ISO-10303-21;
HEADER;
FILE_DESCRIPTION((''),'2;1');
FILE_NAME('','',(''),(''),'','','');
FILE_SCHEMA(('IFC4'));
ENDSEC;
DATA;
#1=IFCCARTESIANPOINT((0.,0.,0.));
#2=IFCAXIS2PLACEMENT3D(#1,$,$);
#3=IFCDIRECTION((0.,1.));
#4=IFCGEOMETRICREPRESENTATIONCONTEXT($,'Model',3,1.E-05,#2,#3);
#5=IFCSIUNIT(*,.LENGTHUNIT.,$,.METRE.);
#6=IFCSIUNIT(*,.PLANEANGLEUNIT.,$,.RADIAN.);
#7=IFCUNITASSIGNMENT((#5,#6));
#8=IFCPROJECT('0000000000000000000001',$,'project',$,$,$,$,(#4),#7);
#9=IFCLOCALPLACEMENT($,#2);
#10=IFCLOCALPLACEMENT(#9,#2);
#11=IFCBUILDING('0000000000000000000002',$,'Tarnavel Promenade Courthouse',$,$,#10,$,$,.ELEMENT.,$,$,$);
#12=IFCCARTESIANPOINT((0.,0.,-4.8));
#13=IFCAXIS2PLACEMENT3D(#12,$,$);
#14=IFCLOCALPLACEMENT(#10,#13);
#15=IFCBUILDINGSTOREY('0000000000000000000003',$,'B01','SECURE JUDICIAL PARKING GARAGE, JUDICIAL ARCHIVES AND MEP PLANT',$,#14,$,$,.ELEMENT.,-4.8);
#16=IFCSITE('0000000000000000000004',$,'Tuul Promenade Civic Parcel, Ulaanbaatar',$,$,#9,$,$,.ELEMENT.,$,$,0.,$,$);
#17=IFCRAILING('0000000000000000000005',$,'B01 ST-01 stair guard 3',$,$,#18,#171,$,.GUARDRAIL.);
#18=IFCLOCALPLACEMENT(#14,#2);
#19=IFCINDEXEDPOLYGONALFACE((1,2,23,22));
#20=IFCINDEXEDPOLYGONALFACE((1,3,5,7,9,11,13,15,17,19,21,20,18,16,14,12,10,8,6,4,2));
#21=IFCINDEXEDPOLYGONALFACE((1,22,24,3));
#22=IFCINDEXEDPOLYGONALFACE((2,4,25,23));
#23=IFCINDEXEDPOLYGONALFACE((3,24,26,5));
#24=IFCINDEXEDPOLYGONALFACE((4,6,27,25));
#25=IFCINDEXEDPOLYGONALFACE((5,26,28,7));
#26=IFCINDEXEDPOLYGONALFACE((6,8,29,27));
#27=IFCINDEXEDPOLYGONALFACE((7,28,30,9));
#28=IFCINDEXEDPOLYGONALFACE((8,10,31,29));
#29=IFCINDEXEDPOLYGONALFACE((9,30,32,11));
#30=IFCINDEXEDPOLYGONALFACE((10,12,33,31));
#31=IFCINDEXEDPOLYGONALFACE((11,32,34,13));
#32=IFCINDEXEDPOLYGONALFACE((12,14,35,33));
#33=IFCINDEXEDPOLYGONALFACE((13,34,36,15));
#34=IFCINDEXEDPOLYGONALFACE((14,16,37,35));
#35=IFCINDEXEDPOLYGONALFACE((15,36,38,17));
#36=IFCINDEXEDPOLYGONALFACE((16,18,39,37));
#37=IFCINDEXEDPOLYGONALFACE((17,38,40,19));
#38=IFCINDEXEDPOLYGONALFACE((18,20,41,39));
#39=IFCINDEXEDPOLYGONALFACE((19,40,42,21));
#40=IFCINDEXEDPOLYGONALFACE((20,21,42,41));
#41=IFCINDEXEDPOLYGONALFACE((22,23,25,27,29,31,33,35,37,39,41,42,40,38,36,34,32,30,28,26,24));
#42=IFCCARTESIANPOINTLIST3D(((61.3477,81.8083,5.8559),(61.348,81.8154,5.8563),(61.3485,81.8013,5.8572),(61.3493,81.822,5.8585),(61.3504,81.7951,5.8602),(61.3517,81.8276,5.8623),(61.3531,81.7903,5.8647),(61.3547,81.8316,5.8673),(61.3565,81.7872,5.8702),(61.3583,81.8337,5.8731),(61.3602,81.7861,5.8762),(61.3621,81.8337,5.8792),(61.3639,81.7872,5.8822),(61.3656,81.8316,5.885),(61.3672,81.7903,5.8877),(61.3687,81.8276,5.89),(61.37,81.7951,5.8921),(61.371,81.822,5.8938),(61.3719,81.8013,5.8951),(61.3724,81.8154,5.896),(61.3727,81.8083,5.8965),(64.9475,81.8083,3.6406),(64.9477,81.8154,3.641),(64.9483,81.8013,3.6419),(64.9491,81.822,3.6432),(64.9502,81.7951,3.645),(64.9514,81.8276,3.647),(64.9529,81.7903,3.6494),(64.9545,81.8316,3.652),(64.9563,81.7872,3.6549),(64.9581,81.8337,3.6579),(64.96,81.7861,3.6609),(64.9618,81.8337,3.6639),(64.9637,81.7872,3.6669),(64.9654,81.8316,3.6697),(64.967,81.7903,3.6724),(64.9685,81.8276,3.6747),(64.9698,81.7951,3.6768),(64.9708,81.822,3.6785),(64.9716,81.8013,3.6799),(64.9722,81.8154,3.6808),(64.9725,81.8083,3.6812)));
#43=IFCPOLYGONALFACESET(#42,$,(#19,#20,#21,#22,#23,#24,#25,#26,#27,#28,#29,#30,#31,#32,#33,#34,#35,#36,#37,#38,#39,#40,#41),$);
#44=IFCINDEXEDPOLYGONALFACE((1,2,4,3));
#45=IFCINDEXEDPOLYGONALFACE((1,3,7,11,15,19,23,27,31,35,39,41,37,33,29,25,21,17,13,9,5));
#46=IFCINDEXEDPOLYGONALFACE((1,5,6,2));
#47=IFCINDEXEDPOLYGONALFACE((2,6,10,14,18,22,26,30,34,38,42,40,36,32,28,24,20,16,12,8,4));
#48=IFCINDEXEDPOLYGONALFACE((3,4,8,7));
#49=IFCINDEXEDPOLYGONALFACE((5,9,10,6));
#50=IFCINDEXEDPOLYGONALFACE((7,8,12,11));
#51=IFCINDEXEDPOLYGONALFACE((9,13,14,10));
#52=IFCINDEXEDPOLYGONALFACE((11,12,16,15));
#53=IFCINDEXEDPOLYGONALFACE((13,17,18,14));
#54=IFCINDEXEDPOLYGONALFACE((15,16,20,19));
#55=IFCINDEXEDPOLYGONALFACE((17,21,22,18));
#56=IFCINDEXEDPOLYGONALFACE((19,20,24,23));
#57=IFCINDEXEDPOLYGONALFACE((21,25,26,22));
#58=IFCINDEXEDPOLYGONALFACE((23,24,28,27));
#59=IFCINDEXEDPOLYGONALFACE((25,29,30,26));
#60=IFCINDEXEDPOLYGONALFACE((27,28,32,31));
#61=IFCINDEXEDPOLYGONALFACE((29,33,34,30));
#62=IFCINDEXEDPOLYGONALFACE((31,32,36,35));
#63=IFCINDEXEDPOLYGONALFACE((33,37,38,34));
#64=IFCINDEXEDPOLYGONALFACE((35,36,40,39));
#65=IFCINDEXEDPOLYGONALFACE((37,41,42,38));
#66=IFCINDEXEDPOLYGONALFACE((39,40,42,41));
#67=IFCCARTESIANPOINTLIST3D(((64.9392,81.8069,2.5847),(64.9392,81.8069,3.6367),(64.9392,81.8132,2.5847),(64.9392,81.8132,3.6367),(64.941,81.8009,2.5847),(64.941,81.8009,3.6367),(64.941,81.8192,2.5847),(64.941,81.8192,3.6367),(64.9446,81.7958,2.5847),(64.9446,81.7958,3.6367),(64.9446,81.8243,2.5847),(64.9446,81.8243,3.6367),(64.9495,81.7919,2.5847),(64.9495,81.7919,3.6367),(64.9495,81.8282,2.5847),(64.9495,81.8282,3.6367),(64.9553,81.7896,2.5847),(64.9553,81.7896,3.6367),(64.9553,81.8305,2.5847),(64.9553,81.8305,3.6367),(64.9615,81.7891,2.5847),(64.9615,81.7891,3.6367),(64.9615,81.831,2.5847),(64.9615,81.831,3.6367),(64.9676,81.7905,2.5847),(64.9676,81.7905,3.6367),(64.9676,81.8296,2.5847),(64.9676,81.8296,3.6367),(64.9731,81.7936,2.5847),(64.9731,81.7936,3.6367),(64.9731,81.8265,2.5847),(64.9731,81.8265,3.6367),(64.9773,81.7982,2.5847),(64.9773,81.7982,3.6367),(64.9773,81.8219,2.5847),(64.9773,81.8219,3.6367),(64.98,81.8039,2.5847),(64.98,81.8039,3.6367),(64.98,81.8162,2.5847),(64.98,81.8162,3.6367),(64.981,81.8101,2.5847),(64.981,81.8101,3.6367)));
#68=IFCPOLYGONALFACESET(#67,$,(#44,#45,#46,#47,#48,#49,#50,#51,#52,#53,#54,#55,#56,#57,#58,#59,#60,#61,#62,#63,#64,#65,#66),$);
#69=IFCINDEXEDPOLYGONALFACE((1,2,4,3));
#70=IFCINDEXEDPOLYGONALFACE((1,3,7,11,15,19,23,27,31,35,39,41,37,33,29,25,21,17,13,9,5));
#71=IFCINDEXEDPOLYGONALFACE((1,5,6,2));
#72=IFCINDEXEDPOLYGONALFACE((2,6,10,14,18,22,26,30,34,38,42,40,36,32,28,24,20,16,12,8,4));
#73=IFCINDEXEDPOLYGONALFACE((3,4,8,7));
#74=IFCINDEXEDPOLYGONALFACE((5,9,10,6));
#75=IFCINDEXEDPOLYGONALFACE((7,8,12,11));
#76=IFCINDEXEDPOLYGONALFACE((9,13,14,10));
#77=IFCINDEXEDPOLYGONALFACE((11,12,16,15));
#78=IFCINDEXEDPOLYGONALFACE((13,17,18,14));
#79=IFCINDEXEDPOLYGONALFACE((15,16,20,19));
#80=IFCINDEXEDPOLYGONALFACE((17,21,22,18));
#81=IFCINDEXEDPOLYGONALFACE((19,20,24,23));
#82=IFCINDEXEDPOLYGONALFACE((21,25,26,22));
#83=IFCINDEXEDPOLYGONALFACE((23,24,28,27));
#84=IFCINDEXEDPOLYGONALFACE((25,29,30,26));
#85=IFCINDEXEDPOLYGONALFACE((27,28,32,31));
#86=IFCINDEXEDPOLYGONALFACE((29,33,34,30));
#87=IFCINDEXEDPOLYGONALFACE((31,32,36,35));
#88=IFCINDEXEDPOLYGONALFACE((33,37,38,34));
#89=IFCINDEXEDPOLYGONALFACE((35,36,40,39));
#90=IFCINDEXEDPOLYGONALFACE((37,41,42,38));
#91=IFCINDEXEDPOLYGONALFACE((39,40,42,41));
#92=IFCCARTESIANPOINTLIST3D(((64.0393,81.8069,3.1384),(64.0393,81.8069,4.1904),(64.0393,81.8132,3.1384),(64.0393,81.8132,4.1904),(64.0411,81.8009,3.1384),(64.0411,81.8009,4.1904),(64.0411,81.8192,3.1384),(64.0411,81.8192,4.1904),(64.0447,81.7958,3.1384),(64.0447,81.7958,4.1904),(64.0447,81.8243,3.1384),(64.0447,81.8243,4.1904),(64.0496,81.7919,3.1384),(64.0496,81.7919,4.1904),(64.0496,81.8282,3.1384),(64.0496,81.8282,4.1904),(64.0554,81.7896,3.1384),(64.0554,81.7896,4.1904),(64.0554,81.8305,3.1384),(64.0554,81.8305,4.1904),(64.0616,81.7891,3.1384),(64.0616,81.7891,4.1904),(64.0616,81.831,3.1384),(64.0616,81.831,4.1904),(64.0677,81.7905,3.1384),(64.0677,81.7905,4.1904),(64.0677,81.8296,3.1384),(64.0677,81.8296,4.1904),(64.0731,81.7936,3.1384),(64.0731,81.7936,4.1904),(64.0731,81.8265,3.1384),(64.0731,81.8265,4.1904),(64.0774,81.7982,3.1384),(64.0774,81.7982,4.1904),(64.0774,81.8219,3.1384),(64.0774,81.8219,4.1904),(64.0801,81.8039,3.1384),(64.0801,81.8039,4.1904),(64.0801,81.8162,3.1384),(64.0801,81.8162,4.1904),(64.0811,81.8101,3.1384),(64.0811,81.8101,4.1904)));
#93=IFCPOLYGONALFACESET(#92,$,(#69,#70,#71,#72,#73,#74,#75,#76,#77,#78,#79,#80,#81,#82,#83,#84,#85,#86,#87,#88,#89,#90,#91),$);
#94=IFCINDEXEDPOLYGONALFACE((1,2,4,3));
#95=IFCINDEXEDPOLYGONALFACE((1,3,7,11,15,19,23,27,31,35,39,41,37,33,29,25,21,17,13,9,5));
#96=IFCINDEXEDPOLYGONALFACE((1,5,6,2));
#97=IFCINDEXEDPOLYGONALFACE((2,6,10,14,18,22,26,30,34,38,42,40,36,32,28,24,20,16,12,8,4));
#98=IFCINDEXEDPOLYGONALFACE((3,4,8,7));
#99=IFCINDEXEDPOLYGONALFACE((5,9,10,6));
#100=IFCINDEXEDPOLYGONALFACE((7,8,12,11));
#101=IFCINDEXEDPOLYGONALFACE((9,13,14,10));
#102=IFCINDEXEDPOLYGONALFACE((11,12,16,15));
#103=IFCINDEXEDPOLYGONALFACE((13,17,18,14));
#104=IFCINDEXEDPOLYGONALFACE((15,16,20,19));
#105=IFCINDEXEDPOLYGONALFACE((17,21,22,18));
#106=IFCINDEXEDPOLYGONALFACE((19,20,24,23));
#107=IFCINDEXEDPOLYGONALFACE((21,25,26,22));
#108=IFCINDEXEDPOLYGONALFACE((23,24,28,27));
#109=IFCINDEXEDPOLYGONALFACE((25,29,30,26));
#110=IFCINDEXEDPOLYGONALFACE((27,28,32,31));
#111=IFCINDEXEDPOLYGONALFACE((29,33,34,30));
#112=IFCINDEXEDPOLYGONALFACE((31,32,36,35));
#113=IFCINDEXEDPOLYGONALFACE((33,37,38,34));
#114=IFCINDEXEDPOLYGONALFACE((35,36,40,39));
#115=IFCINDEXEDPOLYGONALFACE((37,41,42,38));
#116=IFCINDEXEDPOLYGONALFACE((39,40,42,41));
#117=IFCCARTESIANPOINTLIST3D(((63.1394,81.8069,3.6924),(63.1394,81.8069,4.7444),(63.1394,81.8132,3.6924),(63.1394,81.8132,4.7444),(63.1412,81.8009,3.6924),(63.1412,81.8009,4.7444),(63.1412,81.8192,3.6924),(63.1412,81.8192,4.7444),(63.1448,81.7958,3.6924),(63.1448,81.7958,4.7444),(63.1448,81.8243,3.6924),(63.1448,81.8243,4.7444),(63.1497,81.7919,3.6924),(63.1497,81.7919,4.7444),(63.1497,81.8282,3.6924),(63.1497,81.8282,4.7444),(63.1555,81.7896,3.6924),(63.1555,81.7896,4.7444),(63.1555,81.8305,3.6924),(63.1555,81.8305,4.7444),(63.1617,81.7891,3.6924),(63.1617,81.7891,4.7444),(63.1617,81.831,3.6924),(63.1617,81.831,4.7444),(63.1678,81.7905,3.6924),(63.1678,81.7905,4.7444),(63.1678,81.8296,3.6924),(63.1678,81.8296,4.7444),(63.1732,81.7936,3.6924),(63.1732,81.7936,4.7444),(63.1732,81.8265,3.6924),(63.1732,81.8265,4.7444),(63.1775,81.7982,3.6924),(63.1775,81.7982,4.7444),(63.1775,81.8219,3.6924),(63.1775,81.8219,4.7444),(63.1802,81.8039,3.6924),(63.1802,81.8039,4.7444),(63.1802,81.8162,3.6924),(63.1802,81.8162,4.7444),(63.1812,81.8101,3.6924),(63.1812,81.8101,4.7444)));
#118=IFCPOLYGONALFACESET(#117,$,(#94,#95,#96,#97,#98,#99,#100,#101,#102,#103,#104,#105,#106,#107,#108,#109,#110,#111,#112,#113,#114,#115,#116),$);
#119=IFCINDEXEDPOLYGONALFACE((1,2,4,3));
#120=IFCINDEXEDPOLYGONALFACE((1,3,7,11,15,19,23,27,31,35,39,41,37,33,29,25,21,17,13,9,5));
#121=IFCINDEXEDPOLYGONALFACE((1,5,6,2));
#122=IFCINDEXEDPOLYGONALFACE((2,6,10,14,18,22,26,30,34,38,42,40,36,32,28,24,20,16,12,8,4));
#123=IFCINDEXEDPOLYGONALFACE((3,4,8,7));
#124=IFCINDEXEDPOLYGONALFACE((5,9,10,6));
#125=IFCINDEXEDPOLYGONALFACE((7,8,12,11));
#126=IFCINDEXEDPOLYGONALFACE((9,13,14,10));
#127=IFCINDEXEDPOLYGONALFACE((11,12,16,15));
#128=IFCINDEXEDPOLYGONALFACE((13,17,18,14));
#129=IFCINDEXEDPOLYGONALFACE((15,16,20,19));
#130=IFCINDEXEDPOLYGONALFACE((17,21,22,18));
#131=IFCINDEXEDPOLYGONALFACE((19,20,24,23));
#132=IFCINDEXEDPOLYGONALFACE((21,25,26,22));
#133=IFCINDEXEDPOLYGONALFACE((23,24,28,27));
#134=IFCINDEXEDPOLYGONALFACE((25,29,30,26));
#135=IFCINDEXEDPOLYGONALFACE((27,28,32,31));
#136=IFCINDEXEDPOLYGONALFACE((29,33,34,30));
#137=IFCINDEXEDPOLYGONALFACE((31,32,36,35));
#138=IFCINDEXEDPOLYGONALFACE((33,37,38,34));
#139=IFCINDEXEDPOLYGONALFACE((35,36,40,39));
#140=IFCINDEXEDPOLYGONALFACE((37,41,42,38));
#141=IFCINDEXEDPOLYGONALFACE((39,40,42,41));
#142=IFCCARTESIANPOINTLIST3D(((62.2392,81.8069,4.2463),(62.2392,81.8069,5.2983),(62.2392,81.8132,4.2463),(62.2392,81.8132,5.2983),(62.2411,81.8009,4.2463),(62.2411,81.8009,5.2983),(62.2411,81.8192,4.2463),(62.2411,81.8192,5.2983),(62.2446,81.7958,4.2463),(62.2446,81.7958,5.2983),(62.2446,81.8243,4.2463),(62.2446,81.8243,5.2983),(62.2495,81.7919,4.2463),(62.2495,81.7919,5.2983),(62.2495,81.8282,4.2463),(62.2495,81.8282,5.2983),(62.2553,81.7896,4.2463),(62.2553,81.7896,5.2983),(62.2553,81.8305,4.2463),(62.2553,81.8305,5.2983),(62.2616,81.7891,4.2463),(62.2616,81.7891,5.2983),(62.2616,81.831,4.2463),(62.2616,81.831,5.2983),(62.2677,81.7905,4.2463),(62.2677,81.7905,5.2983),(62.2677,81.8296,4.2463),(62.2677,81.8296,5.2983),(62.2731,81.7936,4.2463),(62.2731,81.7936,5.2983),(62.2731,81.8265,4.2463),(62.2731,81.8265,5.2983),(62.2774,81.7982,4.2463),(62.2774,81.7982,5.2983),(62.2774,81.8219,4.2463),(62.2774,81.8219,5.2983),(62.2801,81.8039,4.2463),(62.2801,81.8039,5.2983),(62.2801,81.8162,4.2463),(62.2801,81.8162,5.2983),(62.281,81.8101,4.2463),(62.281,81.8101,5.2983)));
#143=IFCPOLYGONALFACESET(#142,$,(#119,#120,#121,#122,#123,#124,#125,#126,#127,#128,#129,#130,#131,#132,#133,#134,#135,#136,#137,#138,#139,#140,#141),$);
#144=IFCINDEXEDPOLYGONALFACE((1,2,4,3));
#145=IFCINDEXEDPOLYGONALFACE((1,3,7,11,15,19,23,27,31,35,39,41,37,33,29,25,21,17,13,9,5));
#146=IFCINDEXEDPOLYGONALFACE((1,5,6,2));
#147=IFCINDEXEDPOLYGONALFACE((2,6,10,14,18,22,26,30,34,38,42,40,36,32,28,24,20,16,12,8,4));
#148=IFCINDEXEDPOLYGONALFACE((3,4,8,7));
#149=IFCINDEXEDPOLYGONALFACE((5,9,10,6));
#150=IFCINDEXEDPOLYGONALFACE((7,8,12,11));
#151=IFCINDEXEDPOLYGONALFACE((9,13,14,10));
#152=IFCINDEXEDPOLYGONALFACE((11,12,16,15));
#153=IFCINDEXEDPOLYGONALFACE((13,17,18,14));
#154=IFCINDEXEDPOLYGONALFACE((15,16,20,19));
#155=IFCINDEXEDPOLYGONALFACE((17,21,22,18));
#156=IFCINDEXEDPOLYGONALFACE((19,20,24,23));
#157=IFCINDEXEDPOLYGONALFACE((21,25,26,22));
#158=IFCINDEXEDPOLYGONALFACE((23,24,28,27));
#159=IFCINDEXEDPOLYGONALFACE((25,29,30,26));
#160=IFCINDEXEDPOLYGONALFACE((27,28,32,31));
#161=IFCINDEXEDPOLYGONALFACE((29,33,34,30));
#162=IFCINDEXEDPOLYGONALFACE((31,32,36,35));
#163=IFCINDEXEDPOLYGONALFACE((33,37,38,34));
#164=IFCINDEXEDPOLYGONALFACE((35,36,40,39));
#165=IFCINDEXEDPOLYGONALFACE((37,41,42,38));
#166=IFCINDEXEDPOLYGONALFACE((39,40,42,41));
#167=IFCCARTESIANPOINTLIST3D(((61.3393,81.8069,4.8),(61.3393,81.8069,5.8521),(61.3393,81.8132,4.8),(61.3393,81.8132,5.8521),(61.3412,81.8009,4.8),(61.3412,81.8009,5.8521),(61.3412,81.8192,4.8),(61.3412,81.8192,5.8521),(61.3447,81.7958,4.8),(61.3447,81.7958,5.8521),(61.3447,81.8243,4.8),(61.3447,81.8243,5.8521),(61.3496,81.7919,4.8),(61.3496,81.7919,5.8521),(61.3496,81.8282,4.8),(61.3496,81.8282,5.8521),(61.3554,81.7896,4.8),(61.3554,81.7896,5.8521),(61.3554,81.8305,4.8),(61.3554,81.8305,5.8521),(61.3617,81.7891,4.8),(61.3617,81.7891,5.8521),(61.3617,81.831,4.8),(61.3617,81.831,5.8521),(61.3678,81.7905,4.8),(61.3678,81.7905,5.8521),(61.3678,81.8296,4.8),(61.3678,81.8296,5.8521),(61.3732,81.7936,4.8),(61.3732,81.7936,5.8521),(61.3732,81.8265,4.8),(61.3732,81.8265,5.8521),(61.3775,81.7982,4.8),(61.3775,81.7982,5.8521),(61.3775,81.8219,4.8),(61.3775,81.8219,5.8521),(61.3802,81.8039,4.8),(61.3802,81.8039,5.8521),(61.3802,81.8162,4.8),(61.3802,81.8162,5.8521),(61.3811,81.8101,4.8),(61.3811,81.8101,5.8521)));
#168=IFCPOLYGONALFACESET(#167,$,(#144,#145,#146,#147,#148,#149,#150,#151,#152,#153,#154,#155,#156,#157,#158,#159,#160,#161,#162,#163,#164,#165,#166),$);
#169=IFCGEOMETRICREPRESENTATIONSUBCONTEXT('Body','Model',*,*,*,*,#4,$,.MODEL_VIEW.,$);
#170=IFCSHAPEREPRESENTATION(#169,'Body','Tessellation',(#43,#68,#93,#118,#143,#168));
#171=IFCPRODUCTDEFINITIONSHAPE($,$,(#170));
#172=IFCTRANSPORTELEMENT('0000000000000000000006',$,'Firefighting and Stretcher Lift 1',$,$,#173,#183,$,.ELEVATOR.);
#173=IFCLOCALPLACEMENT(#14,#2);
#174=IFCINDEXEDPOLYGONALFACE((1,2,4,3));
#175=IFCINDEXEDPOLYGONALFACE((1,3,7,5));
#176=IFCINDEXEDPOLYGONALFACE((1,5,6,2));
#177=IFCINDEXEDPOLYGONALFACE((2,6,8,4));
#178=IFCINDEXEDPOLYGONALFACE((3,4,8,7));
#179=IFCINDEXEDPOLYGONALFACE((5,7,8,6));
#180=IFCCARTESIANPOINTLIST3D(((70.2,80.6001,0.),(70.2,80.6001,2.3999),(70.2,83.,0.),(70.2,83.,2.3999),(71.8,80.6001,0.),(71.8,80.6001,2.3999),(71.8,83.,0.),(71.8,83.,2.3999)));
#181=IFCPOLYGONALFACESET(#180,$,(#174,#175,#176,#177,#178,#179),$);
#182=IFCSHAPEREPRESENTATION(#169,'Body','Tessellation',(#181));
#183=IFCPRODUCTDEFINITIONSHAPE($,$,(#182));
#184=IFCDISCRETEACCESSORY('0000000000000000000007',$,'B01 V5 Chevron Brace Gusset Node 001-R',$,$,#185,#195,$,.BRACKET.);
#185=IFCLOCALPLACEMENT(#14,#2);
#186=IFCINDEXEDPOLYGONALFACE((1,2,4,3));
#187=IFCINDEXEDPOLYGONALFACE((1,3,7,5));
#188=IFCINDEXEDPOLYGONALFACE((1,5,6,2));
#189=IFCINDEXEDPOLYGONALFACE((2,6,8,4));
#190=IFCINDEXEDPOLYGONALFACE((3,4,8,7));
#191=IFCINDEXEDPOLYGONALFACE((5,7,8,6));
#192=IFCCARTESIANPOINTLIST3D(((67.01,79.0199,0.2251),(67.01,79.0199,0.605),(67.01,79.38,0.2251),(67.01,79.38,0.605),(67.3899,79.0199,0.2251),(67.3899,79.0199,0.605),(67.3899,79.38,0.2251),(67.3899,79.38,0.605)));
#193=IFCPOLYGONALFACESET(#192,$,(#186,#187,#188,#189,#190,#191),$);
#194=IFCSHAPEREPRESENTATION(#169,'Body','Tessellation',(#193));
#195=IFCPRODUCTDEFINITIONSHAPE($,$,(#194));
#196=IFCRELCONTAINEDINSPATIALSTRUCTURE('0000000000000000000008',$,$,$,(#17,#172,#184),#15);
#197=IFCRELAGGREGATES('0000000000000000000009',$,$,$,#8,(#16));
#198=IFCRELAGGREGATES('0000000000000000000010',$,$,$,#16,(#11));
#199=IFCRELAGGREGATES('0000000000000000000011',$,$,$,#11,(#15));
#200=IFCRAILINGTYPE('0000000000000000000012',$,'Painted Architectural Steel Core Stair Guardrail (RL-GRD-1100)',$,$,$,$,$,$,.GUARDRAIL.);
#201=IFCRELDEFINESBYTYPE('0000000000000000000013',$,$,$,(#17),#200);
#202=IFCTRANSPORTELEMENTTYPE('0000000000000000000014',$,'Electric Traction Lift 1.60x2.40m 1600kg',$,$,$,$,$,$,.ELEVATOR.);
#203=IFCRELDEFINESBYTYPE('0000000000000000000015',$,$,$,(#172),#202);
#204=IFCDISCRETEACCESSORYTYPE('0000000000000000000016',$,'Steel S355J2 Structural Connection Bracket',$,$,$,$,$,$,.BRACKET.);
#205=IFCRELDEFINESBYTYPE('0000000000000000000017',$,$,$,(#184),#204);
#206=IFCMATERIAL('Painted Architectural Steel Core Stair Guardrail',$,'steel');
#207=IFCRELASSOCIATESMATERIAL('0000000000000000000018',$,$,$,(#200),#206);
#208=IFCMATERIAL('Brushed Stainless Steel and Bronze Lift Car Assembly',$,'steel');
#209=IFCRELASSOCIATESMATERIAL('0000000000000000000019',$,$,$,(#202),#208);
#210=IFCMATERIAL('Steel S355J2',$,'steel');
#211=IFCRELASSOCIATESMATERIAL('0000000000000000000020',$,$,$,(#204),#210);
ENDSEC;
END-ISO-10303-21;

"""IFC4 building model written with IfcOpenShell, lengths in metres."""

from ifc_helpers import new_model, si_unit, direction, frame, origin, origin_2d, place, context, subcontext, project, spatial, rectangle, circle, extrude, material, type_object, element, save


model = new_model("IFC4")

# Units and contexts
model_context = context("Model", 3, precision=1e-05, world=origin(), true_north=direction((0.0, 1.0)))
body_context = subcontext(model_context, "Body", "Model", "MODEL_VIEW")
ifc_project = project(units=[si_unit("LENGTHUNIT", "METRE"), si_unit("PLANEANGLEUNIT", "RADIAN")], contexts=[model_context])

# Site, building, storey
site_placement = place(None, origin())
site = spatial("IfcSite", under=ifc_project, at=site_placement, Name="Tuul Promenade Civic Parcel, Ulaanbaatar", CompositionType="ELEMENT", RefElevation=0.0)
building_placement = place(site_placement, origin())
building = spatial("IfcBuilding", under=site, at=building_placement, Name="Tarnavel Promenade Courthouse", CompositionType="ELEMENT")
storey_placement = place(building_placement, frame((0.0, 0.0, -4.8)))
storey = spatial("IfcBuildingStorey", under=building, at=storey_placement, Name="B01", Description="SECURE JUDICIAL PARKING GARAGE, JUDICIAL ARCHIVES AND MEP PLANT", CompositionType="ELEMENT", Elevation=-4.8)

# Railing
ifc_material_1 = material(Name="Painted Architectural Steel Core Stair Guardrail", Category="steel")
railing_type_1 = type_object("IfcRailingType", Name="Painted Architectural Steel Core Stair Guardrail (RL-GRD-1100)", PredefinedType="GUARDRAIL", material=ifc_material_1)
railing_1_placement = place(storey_placement, frame((64.96, 81.8101, 2.5847)))
element("IfcRailing", 1, at=railing_1_placement, inside=storey, type_object=railing_type_1, Name="B01 ST-01 stair guard 3", PredefinedType="GUARDRAIL", context=body_context, shape_type="SweptSolid", body=[
    extrude(circle(Radius=0.0239, at=origin_2d()), frame((0.0, 0.0, 1.0762), z_axis=(-0.851654, 0.0, 0.524104), x_axis=(0.0, -1.0, 0.0)), (0.0, 0.0, 1.0), 4.2268),
    extrude(circle(Radius=0.021, at=origin_2d()), origin(), (0.0, 0.0, 1.0), 1.052),
    extrude(circle(Radius=0.021, at=origin_2d()), frame((-0.8999, 0.0, 0.5537)), (0.0, 0.0, 1.0), 1.052),
    extrude(circle(Radius=0.021, at=origin_2d()), frame((-1.7998, 0.0, 1.1077)), (0.0, 0.0, 1.0), 1.052),
    extrude(circle(Radius=0.021, at=origin_2d()), frame((-2.7, 0.0, 1.6616)), (0.0, 0.0, 1.0), 1.052),
    extrude(circle(Radius=0.021, at=origin_2d()), frame((-3.5999, 0.0, 2.2153)), (0.0, 0.0, 1.0), 1.052),
])

# Transport element
ifc_material_2 = material(Name="Brushed Stainless Steel and Bronze Lift Car Assembly", Category="steel")
transport_element_type = type_object("IfcTransportElementType", Name="Electric Traction Lift 1.60x2.40m 1600kg", PredefinedType="ELEVATOR", material=ifc_material_2)
transport_element_placement = place(storey_placement, frame((71.0, 81.8, 0.0), z_axis=(0.0, 0.0, 1.0), x_axis=(1.0, 0.0, 0.0)))
element("IfcTransportElement", 2, at=transport_element_placement, inside=storey, type_object=transport_element_type, Name="Firefighting and Stretcher Lift 1", PredefinedType="ELEVATOR", context=body_context, shape_type="SweptSolid", body=[
    extrude(rectangle(XDim=1.6001, YDim=2.3999, at=origin_2d()), origin(), (0.0, 0.0, 1.0), 2.3999),
])

# Discrete accessory
ifc_material_3 = material(Name="Steel S355J2", Category="steel")
discrete_accessory_type = type_object("IfcDiscreteAccessoryType", Name="Steel S355J2 Structural Connection Bracket", PredefinedType="BRACKET", material=ifc_material_3)
discrete_accessory_placement = place(storey_placement, frame((67.2, 79.2, 0.2251), z_axis=(0.0, 0.0, 1.0), x_axis=(1.0, 0.0, 0.0)))
element("IfcDiscreteAccessory", 3, at=discrete_accessory_placement, inside=storey, type_object=discrete_accessory_type, Name="B01 V5 Chevron Brace Gusset Node 001-R", PredefinedType="BRACKET", context=body_context, shape_type="SweptSolid", body=[
    extrude(rectangle(XDim=0.3799, YDim=0.3601, at=origin_2d()), origin(), (0.0, 0.0, 1.0), 0.3799),
])

save(model, "model.ifc")
